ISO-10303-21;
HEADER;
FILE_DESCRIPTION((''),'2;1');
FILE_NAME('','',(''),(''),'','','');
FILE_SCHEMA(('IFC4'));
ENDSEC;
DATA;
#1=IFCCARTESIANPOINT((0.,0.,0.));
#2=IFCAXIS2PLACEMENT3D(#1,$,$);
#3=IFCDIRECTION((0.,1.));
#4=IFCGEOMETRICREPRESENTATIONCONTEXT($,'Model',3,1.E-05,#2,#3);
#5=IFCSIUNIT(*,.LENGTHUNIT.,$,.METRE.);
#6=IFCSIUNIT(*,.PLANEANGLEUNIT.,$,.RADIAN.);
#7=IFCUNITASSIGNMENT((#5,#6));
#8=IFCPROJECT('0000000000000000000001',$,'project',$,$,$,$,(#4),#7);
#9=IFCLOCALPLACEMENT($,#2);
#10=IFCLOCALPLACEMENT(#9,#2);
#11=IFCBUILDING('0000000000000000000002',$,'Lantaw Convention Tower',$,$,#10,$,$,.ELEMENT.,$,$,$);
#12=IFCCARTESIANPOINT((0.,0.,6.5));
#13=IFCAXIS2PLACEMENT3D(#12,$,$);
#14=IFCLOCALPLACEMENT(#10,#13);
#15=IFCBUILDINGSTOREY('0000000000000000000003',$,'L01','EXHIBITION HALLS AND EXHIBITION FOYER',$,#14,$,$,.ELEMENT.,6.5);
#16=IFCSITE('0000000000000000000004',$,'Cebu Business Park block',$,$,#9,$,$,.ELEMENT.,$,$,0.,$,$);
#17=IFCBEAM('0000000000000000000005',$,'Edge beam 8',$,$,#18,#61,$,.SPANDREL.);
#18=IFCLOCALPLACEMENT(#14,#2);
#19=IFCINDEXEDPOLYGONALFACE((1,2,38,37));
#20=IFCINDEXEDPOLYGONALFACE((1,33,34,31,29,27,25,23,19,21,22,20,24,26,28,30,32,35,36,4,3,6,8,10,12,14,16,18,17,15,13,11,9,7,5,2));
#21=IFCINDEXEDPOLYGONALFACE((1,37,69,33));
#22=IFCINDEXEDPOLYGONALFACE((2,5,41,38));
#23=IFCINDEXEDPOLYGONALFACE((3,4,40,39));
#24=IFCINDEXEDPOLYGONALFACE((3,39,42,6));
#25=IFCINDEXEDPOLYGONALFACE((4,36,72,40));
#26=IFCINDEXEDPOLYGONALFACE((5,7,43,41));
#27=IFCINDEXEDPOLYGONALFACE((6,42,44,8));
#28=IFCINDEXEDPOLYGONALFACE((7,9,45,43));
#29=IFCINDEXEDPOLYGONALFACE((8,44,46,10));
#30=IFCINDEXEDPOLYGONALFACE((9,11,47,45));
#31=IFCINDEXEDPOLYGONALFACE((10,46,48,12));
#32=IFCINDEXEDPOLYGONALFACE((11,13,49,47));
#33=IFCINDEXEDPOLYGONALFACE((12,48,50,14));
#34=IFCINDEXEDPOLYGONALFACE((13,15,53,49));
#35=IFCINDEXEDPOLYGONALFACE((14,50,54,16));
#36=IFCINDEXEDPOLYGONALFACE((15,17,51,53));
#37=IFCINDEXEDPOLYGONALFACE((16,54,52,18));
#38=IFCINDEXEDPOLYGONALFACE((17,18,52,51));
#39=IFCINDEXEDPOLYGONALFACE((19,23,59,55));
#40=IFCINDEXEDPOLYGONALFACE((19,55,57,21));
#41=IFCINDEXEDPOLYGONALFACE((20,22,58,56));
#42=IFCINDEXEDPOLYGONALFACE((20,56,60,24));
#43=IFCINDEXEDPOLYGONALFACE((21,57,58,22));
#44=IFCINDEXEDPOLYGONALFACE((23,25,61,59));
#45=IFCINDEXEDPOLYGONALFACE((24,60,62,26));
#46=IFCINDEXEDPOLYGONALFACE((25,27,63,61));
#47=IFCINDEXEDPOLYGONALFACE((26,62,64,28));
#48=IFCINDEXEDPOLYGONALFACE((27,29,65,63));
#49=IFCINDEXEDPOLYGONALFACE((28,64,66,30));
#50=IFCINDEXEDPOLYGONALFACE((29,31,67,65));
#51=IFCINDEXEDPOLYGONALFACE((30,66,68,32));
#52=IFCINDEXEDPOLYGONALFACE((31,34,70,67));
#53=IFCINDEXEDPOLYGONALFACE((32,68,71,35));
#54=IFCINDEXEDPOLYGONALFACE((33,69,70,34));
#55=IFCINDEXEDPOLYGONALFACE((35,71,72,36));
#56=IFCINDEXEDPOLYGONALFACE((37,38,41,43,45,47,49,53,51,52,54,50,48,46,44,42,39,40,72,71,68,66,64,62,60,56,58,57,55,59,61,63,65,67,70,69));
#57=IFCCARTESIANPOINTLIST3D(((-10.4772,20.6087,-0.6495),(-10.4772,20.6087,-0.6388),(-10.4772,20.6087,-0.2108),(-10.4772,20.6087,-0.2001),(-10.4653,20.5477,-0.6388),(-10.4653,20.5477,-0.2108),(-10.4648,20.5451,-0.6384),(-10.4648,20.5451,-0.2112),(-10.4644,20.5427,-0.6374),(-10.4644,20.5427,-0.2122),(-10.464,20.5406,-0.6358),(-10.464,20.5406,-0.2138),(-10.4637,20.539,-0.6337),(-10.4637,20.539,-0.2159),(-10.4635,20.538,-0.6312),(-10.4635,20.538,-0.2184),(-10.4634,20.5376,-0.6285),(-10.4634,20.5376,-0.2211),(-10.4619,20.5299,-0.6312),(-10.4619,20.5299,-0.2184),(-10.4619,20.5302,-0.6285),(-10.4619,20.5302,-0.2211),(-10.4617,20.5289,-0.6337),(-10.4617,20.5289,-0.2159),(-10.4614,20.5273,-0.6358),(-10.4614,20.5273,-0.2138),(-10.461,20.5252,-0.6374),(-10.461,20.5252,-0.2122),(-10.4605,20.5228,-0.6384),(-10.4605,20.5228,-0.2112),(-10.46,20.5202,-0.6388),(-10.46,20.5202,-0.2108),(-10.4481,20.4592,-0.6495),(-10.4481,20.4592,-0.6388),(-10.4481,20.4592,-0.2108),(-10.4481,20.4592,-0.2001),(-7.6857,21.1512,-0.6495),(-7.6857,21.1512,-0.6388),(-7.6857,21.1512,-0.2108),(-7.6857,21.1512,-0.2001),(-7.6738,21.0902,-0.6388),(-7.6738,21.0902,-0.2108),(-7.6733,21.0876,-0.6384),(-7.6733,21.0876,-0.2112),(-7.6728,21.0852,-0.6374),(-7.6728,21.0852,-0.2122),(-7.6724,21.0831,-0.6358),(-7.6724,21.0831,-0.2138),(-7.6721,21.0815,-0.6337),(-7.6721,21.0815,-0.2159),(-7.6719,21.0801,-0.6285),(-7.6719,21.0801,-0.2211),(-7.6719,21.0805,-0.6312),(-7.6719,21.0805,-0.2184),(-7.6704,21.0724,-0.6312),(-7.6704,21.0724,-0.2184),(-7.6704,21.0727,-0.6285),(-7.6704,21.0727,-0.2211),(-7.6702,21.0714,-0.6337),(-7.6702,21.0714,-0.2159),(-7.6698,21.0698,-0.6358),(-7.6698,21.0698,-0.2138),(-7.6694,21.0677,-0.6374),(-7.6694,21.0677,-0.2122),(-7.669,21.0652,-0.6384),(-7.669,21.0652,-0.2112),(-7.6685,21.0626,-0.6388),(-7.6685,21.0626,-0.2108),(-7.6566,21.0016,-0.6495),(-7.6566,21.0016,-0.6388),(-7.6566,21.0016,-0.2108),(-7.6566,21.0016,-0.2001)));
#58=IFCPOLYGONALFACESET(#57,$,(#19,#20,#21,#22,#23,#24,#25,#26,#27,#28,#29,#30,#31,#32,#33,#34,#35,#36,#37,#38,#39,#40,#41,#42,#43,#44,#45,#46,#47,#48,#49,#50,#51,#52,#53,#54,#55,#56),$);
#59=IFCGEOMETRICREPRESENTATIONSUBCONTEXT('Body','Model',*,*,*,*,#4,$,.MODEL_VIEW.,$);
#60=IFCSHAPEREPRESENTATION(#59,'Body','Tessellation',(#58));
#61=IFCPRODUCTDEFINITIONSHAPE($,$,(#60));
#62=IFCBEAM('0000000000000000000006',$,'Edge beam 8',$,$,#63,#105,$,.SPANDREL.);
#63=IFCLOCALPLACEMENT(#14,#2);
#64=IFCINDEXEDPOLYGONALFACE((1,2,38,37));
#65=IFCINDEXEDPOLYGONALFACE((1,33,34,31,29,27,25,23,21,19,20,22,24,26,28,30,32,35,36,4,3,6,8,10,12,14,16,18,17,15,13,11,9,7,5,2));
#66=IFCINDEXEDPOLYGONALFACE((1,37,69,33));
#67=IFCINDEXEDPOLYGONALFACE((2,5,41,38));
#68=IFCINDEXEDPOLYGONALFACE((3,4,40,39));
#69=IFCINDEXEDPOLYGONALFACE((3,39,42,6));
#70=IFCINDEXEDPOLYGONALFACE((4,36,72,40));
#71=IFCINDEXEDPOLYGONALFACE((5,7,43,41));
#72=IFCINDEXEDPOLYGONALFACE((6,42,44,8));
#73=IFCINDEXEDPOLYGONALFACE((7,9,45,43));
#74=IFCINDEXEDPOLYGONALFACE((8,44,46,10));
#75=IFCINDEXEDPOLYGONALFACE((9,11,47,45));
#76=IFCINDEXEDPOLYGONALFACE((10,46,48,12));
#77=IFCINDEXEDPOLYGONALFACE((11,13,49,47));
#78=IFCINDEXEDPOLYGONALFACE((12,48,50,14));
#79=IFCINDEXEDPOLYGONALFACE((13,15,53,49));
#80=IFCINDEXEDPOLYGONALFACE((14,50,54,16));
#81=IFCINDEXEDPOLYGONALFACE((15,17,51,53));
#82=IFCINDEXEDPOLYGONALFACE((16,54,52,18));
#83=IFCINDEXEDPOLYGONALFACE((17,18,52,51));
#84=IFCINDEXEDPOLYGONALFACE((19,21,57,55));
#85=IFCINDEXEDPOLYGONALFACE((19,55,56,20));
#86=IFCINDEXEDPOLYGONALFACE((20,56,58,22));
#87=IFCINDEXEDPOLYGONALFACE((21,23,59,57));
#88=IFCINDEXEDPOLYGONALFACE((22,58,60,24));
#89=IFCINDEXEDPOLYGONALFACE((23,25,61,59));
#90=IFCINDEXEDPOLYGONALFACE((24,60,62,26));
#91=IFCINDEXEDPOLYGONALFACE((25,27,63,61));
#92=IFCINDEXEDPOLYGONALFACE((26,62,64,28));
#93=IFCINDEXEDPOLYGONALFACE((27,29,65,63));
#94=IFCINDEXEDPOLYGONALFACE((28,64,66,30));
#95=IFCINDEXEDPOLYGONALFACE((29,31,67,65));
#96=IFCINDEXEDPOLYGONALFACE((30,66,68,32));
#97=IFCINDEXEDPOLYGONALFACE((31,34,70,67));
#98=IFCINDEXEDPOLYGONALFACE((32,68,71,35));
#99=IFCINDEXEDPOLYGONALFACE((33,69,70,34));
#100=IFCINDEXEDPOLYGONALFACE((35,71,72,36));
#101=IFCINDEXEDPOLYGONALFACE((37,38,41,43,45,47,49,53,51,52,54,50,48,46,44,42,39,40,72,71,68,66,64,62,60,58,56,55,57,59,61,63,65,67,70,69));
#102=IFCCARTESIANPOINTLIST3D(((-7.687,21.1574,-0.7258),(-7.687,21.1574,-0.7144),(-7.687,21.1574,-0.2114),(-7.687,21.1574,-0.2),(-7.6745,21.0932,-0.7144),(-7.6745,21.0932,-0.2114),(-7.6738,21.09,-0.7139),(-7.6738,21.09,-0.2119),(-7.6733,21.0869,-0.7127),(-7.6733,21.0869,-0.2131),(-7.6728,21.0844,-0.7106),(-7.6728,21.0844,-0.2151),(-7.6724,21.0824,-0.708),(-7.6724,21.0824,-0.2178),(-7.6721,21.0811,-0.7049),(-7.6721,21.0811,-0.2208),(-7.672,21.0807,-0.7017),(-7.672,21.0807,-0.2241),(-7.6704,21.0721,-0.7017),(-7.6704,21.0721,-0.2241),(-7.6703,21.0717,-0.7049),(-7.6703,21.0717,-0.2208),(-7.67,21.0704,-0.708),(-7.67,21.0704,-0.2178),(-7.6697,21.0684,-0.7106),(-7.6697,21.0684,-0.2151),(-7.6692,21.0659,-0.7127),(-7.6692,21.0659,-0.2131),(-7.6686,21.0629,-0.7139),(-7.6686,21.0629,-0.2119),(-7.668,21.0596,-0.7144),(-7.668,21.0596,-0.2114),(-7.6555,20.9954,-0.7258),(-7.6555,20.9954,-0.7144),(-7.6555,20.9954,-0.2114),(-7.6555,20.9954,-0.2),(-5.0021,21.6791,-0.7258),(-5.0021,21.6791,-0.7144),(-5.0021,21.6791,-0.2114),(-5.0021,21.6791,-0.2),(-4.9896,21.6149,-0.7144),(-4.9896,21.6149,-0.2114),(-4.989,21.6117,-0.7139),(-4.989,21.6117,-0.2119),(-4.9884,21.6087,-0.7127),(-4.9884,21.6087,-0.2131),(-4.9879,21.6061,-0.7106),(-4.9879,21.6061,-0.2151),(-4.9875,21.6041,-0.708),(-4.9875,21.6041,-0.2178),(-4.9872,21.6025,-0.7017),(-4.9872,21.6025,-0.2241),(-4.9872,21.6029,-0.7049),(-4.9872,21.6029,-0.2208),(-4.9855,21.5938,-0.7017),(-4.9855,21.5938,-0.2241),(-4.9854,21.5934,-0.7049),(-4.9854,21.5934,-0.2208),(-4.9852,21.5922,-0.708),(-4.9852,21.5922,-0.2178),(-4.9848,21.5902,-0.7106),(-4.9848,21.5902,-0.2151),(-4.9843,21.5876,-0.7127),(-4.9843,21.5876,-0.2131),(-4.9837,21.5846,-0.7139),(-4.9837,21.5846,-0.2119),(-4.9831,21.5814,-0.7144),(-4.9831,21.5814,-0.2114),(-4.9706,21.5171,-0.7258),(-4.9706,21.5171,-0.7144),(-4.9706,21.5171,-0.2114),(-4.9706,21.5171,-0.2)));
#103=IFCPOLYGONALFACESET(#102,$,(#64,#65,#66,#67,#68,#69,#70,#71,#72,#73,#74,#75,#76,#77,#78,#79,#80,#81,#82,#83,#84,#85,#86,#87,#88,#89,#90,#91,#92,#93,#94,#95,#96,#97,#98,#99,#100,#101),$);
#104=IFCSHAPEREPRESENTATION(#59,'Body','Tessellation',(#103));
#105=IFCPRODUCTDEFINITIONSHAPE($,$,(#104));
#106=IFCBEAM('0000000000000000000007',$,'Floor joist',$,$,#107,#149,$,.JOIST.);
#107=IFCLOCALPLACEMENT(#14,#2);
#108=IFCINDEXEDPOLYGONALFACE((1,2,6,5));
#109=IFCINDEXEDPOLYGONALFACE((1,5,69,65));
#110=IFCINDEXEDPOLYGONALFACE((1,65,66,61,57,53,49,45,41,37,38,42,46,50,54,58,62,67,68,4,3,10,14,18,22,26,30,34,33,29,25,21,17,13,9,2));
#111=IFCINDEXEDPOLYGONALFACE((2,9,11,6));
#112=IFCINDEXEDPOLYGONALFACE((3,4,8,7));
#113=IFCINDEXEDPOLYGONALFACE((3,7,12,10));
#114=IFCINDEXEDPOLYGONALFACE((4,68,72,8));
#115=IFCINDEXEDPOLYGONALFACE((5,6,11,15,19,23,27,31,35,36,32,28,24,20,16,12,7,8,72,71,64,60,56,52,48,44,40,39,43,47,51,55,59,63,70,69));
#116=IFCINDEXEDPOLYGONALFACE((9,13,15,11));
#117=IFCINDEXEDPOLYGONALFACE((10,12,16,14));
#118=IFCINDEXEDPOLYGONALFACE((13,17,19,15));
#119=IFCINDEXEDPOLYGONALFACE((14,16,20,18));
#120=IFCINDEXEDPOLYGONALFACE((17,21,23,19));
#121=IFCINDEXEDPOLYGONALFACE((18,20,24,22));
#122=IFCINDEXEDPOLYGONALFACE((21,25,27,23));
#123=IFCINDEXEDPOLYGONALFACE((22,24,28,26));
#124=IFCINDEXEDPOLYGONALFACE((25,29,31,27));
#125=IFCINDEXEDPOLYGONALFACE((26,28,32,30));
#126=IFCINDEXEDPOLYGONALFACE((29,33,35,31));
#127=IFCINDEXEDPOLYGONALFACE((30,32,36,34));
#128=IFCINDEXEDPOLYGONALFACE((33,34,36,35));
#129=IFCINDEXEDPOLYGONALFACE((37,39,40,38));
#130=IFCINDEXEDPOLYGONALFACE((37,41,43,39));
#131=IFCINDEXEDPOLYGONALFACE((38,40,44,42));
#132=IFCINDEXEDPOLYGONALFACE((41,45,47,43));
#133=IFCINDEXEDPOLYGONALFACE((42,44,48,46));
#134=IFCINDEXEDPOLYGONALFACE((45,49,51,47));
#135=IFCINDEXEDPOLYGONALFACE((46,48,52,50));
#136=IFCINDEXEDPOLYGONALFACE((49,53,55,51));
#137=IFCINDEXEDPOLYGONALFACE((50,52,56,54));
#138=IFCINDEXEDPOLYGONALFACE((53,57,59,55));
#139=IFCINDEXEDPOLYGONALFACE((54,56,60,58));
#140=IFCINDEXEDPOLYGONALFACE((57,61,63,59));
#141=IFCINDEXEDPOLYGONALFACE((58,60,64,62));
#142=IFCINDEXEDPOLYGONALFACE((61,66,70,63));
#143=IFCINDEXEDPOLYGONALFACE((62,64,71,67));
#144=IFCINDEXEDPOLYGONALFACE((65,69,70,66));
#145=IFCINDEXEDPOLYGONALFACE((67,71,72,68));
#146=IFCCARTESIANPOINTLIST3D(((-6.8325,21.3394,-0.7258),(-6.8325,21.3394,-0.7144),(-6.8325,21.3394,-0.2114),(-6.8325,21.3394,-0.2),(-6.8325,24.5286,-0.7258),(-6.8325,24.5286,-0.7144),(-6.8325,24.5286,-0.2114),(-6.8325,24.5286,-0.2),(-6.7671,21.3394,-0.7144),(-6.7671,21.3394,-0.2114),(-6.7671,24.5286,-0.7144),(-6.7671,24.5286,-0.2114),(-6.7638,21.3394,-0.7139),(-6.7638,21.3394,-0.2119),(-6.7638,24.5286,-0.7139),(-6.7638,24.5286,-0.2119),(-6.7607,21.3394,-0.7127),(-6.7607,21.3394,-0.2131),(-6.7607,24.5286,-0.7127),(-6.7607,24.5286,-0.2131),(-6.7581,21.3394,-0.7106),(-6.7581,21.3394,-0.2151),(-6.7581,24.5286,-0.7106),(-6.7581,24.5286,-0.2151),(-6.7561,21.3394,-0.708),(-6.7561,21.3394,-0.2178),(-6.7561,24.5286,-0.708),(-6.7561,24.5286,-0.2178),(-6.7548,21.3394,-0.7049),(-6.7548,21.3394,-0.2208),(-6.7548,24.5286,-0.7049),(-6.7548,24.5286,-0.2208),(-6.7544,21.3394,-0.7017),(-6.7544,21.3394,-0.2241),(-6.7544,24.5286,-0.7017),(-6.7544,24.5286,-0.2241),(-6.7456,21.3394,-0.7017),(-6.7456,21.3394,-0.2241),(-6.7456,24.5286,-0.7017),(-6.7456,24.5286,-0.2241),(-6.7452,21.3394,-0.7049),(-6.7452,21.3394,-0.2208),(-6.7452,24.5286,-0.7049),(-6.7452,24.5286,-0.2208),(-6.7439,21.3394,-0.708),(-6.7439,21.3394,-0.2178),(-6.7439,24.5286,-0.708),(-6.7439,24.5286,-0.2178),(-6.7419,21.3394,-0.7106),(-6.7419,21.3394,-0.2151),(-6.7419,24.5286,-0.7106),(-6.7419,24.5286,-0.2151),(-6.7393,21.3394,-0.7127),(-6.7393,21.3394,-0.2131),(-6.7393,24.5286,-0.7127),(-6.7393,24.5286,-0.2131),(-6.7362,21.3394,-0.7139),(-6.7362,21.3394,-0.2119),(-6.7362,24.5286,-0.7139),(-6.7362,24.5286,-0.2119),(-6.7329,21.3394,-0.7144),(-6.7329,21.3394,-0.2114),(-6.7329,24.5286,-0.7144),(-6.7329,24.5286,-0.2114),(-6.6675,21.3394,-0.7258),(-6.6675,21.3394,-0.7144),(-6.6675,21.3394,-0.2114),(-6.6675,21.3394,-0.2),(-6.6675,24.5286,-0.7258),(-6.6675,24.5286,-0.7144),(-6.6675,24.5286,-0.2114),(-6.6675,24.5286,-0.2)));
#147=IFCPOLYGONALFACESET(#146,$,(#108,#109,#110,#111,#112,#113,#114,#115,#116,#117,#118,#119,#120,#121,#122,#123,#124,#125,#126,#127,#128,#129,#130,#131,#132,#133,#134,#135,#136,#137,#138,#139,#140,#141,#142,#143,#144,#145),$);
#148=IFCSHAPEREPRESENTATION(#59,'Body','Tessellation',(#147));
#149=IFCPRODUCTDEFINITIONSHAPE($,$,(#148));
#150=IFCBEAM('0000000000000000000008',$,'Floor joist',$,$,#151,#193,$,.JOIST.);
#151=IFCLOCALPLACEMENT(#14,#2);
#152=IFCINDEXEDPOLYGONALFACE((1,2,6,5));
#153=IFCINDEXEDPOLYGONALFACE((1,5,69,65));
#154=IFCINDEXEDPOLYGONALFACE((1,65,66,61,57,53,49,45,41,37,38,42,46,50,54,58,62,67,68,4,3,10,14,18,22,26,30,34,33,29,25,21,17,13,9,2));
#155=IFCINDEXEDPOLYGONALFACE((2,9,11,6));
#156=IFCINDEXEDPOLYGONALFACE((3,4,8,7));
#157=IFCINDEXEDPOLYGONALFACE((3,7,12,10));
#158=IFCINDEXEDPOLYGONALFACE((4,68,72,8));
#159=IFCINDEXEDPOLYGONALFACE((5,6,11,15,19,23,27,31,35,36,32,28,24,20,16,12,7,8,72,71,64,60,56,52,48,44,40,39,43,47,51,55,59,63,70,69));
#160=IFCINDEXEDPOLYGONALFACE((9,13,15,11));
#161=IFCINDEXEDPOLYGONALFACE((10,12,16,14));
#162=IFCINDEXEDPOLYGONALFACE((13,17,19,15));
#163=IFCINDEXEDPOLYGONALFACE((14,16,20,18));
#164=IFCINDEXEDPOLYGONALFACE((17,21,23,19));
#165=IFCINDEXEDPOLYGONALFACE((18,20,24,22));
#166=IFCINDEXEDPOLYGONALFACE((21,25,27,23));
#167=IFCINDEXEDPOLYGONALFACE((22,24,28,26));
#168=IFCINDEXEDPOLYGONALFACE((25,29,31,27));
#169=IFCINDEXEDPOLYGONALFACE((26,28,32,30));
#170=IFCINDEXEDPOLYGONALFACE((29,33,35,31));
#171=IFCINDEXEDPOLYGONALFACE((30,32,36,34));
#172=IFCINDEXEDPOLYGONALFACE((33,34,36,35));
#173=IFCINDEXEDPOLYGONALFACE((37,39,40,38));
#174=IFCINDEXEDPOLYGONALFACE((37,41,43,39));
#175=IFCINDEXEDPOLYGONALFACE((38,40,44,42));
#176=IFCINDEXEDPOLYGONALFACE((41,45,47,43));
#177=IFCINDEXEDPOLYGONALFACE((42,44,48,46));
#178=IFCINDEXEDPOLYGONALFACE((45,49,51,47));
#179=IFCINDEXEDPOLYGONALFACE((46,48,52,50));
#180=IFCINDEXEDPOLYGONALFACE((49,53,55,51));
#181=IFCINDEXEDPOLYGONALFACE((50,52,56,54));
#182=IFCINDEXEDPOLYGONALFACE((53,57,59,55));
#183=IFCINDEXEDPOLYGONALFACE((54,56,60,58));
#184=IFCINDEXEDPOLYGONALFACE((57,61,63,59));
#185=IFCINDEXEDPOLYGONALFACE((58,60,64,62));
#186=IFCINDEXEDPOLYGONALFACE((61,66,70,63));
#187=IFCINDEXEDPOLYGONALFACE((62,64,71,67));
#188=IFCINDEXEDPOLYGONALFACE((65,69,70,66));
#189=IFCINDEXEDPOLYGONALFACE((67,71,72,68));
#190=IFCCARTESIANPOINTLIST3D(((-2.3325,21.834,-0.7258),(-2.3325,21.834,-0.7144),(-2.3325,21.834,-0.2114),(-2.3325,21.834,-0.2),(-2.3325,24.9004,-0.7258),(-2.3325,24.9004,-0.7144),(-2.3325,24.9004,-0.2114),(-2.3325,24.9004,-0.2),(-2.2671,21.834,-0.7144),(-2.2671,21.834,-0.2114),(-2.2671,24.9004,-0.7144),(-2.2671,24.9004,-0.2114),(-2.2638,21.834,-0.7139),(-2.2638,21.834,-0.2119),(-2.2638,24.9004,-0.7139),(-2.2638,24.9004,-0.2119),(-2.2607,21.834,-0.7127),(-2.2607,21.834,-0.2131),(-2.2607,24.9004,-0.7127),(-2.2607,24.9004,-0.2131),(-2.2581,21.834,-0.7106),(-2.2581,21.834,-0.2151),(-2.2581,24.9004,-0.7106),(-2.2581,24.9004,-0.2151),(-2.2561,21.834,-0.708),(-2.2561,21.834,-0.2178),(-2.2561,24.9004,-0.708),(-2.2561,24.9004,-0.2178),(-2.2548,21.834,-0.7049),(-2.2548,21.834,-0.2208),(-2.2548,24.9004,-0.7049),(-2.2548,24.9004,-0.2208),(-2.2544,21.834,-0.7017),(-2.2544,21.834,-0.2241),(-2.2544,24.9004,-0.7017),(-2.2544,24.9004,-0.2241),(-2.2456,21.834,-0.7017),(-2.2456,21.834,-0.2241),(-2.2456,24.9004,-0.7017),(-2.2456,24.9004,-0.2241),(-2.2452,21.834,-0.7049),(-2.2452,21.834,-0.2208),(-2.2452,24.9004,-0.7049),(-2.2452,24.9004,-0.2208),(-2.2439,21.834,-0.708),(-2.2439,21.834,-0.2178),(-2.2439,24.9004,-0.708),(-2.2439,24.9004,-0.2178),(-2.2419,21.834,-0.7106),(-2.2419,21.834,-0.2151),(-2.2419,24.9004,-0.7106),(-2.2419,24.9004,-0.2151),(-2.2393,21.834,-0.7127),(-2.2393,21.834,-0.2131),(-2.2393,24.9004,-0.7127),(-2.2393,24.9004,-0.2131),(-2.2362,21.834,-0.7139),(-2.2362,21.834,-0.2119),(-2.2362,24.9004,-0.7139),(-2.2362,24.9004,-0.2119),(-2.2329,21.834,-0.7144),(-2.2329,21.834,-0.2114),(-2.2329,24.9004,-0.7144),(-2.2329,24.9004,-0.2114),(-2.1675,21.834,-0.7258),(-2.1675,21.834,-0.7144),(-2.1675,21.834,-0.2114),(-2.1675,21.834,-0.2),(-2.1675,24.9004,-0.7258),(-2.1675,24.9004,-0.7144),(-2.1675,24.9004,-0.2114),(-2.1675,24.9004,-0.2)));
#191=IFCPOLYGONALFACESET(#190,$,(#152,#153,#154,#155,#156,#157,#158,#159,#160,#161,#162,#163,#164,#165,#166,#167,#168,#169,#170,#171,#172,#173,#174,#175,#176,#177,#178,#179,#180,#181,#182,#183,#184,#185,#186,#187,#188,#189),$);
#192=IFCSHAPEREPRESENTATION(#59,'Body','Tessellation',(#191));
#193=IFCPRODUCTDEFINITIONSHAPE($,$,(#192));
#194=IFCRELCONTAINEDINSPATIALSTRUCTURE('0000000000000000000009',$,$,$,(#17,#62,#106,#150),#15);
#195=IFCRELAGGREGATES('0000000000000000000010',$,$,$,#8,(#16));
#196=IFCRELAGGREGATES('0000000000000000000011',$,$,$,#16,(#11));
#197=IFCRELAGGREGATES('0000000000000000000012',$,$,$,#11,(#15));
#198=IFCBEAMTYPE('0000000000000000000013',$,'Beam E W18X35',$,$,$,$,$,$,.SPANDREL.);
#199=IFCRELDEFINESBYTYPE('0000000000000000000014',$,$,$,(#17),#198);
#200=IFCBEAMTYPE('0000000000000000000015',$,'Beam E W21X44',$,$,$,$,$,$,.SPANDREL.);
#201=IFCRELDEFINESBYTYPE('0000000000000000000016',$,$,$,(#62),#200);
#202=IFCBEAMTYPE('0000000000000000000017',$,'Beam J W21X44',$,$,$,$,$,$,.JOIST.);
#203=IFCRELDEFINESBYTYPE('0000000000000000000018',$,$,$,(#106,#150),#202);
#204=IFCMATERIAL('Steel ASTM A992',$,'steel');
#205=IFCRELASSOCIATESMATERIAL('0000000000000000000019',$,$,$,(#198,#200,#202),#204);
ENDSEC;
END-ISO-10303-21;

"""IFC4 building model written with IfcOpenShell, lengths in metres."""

from ifc_helpers import new_model, si_unit, direction, frame, origin, origin_2d, place, context, subcontext, project, spatial, i_section, extrude, material, material_profile, profile_set, type_object, element, save


model = new_model("IFC4")

# Units and contexts
model_context = context("Model", 3, precision=1e-05, world=origin(), true_north=direction((0.0, 1.0)))
body_context = subcontext(model_context, "Body", "Model", "MODEL_VIEW")
ifc_project = project(units=[si_unit("LENGTHUNIT", "METRE"), si_unit("PLANEANGLEUNIT", "RADIAN")], contexts=[model_context])

# Site, building, storey
site_placement = place(None, origin())
site = spatial("IfcSite", under=ifc_project, at=site_placement, Name="Cebu Business Park block", CompositionType="ELEMENT", RefElevation=0.0)
building_placement = place(site_placement, origin())
building = spatial("IfcBuilding", under=site, at=building_placement, Name="Lantaw Convention Tower", CompositionType="ELEMENT")
storey_placement = place(building_placement, frame((0.0, 0.0, 6.5)))
storey = spatial("IfcBuildingStorey", under=building, at=storey_placement, Name="L01", Description="EXHIBITION HALLS AND EXHIBITION FOYER", CompositionType="ELEMENT", Elevation=6.5)

# Beams
ifc_material_1 = material(Name="Steel ASTM A992", Category="steel")
ifc_material_profile_1 = material_profile(ifc_material_1, i_section(OverallWidth=0.1523, OverallDepth=0.4495, WebThickness=0.0076, FlangeThickness=0.0107, FilletRadius=0.0103, at=origin_2d()), Name="W18X35")
ifc_profile_set_1 = profile_set([ifc_material_profile_1], Name="Steel ASTM A992")
beam_type_1 = type_object("IfcBeamType", Name="Beam E W18X35", PredefinedType="SPANDREL", material=ifc_profile_set_1)
beam_1_placement = place(storey_placement, frame((-7.6711, 21.0764, -0.4248), z_axis=(-0.981636, -0.190764, 0.0), x_axis=(0.190764, -0.981636, 0.0)))
element("IfcBeam", 1, at=beam_1_placement, inside=storey, type_object=beam_type_1, Name="Edge beam 8", PredefinedType="SPANDREL", context=body_context, shape_type="SweptSolid", body=[
    extrude(i_section(OverallWidth=0.1523, OverallDepth=0.4495, WebThickness=0.0076, FlangeThickness=0.0107, FilletRadius=0.0103, at=origin_2d()), origin(), (0.0, 0.0, 1.0), 2.8438),
])
ifc_material_profile_2 = material_profile(ifc_material_1, i_section(OverallWidth=0.165, OverallDepth=0.5259, WebThickness=0.0088, FlangeThickness=0.0115, FilletRadius=0.0127, at=origin_2d()), Name="W21X44")
ifc_profile_set_2 = profile_set([ifc_material_profile_2], Name="Steel ASTM A992")
beam_type_2 = type_object("IfcBeamType", Name="Beam E W21X44", PredefinedType="SPANDREL", material=ifc_profile_set_2)
beam_2_placement = place(storey_placement, frame((-4.9863, 21.5981, -0.4629), z_axis=(-0.981637, -0.190757, 0.0), x_axis=(0.190757, -0.981637, 0.0)))
element("IfcBeam", 2, at=beam_2_placement, inside=storey, type_object=beam_type_2, Name="Edge beam 8", PredefinedType="SPANDREL", context=body_context, shape_type="SweptSolid", body=[
    extrude(i_section(OverallWidth=0.165, OverallDepth=0.5259, WebThickness=0.0088, FlangeThickness=0.0115, FilletRadius=0.0127, at=origin_2d()), origin(), (0.0, 0.0, 1.0), 2.7351),
])
ifc_material_profile_3 = material_profile(ifc_material_1, i_section(OverallWidth=0.165, OverallDepth=0.5259, WebThickness=0.0088, FlangeThickness=0.0115, FilletRadius=0.0127, at=origin_2d()), Name="W21X44")
ifc_profile_set_3 = profile_set([ifc_material_profile_3], Name="Steel ASTM A992")
beam_type_3 = type_object("IfcBeamType", Name="Beam J W21X44", PredefinedType="JOIST", material=ifc_profile_set_3)
beam_3_placement = place(storey_placement, frame((-6.75, 21.3394, -0.4629), z_axis=(0.0, 1.0, 0.0), x_axis=(-1.0, 0.0, 0.0)))
element("IfcBeam", 3, at=beam_3_placement, inside=storey, type_object=beam_type_3, Name="Floor joist", PredefinedType="JOIST", context=body_context, shape_type="SweptSolid", body=[
    extrude(i_section(OverallWidth=0.165, OverallDepth=0.5259, WebThickness=0.0088, FlangeThickness=0.0115, FilletRadius=0.0127, at=origin_2d()), origin(), (0.0, 0.0, 1.0), 3.1892),
])
beam_4_placement = place(storey_placement, frame((-2.25, 21.834, -0.4629), z_axis=(0.0, 1.0, 0.0), x_axis=(-1.0, 0.0, 0.0)))
element("IfcBeam", 4, at=beam_4_placement, inside=storey, type_object=beam_type_3, Name="Floor joist", PredefinedType="JOIST", context=body_context, shape_type="SweptSolid", body=[
    extrude(i_section(OverallWidth=0.165, OverallDepth=0.5259, WebThickness=0.0088, FlangeThickness=0.0115, FilletRadius=0.0127, at=origin_2d()), origin(), (0.0, 0.0, 1.0), 3.0664),
])

save(model, "model.ifc")
